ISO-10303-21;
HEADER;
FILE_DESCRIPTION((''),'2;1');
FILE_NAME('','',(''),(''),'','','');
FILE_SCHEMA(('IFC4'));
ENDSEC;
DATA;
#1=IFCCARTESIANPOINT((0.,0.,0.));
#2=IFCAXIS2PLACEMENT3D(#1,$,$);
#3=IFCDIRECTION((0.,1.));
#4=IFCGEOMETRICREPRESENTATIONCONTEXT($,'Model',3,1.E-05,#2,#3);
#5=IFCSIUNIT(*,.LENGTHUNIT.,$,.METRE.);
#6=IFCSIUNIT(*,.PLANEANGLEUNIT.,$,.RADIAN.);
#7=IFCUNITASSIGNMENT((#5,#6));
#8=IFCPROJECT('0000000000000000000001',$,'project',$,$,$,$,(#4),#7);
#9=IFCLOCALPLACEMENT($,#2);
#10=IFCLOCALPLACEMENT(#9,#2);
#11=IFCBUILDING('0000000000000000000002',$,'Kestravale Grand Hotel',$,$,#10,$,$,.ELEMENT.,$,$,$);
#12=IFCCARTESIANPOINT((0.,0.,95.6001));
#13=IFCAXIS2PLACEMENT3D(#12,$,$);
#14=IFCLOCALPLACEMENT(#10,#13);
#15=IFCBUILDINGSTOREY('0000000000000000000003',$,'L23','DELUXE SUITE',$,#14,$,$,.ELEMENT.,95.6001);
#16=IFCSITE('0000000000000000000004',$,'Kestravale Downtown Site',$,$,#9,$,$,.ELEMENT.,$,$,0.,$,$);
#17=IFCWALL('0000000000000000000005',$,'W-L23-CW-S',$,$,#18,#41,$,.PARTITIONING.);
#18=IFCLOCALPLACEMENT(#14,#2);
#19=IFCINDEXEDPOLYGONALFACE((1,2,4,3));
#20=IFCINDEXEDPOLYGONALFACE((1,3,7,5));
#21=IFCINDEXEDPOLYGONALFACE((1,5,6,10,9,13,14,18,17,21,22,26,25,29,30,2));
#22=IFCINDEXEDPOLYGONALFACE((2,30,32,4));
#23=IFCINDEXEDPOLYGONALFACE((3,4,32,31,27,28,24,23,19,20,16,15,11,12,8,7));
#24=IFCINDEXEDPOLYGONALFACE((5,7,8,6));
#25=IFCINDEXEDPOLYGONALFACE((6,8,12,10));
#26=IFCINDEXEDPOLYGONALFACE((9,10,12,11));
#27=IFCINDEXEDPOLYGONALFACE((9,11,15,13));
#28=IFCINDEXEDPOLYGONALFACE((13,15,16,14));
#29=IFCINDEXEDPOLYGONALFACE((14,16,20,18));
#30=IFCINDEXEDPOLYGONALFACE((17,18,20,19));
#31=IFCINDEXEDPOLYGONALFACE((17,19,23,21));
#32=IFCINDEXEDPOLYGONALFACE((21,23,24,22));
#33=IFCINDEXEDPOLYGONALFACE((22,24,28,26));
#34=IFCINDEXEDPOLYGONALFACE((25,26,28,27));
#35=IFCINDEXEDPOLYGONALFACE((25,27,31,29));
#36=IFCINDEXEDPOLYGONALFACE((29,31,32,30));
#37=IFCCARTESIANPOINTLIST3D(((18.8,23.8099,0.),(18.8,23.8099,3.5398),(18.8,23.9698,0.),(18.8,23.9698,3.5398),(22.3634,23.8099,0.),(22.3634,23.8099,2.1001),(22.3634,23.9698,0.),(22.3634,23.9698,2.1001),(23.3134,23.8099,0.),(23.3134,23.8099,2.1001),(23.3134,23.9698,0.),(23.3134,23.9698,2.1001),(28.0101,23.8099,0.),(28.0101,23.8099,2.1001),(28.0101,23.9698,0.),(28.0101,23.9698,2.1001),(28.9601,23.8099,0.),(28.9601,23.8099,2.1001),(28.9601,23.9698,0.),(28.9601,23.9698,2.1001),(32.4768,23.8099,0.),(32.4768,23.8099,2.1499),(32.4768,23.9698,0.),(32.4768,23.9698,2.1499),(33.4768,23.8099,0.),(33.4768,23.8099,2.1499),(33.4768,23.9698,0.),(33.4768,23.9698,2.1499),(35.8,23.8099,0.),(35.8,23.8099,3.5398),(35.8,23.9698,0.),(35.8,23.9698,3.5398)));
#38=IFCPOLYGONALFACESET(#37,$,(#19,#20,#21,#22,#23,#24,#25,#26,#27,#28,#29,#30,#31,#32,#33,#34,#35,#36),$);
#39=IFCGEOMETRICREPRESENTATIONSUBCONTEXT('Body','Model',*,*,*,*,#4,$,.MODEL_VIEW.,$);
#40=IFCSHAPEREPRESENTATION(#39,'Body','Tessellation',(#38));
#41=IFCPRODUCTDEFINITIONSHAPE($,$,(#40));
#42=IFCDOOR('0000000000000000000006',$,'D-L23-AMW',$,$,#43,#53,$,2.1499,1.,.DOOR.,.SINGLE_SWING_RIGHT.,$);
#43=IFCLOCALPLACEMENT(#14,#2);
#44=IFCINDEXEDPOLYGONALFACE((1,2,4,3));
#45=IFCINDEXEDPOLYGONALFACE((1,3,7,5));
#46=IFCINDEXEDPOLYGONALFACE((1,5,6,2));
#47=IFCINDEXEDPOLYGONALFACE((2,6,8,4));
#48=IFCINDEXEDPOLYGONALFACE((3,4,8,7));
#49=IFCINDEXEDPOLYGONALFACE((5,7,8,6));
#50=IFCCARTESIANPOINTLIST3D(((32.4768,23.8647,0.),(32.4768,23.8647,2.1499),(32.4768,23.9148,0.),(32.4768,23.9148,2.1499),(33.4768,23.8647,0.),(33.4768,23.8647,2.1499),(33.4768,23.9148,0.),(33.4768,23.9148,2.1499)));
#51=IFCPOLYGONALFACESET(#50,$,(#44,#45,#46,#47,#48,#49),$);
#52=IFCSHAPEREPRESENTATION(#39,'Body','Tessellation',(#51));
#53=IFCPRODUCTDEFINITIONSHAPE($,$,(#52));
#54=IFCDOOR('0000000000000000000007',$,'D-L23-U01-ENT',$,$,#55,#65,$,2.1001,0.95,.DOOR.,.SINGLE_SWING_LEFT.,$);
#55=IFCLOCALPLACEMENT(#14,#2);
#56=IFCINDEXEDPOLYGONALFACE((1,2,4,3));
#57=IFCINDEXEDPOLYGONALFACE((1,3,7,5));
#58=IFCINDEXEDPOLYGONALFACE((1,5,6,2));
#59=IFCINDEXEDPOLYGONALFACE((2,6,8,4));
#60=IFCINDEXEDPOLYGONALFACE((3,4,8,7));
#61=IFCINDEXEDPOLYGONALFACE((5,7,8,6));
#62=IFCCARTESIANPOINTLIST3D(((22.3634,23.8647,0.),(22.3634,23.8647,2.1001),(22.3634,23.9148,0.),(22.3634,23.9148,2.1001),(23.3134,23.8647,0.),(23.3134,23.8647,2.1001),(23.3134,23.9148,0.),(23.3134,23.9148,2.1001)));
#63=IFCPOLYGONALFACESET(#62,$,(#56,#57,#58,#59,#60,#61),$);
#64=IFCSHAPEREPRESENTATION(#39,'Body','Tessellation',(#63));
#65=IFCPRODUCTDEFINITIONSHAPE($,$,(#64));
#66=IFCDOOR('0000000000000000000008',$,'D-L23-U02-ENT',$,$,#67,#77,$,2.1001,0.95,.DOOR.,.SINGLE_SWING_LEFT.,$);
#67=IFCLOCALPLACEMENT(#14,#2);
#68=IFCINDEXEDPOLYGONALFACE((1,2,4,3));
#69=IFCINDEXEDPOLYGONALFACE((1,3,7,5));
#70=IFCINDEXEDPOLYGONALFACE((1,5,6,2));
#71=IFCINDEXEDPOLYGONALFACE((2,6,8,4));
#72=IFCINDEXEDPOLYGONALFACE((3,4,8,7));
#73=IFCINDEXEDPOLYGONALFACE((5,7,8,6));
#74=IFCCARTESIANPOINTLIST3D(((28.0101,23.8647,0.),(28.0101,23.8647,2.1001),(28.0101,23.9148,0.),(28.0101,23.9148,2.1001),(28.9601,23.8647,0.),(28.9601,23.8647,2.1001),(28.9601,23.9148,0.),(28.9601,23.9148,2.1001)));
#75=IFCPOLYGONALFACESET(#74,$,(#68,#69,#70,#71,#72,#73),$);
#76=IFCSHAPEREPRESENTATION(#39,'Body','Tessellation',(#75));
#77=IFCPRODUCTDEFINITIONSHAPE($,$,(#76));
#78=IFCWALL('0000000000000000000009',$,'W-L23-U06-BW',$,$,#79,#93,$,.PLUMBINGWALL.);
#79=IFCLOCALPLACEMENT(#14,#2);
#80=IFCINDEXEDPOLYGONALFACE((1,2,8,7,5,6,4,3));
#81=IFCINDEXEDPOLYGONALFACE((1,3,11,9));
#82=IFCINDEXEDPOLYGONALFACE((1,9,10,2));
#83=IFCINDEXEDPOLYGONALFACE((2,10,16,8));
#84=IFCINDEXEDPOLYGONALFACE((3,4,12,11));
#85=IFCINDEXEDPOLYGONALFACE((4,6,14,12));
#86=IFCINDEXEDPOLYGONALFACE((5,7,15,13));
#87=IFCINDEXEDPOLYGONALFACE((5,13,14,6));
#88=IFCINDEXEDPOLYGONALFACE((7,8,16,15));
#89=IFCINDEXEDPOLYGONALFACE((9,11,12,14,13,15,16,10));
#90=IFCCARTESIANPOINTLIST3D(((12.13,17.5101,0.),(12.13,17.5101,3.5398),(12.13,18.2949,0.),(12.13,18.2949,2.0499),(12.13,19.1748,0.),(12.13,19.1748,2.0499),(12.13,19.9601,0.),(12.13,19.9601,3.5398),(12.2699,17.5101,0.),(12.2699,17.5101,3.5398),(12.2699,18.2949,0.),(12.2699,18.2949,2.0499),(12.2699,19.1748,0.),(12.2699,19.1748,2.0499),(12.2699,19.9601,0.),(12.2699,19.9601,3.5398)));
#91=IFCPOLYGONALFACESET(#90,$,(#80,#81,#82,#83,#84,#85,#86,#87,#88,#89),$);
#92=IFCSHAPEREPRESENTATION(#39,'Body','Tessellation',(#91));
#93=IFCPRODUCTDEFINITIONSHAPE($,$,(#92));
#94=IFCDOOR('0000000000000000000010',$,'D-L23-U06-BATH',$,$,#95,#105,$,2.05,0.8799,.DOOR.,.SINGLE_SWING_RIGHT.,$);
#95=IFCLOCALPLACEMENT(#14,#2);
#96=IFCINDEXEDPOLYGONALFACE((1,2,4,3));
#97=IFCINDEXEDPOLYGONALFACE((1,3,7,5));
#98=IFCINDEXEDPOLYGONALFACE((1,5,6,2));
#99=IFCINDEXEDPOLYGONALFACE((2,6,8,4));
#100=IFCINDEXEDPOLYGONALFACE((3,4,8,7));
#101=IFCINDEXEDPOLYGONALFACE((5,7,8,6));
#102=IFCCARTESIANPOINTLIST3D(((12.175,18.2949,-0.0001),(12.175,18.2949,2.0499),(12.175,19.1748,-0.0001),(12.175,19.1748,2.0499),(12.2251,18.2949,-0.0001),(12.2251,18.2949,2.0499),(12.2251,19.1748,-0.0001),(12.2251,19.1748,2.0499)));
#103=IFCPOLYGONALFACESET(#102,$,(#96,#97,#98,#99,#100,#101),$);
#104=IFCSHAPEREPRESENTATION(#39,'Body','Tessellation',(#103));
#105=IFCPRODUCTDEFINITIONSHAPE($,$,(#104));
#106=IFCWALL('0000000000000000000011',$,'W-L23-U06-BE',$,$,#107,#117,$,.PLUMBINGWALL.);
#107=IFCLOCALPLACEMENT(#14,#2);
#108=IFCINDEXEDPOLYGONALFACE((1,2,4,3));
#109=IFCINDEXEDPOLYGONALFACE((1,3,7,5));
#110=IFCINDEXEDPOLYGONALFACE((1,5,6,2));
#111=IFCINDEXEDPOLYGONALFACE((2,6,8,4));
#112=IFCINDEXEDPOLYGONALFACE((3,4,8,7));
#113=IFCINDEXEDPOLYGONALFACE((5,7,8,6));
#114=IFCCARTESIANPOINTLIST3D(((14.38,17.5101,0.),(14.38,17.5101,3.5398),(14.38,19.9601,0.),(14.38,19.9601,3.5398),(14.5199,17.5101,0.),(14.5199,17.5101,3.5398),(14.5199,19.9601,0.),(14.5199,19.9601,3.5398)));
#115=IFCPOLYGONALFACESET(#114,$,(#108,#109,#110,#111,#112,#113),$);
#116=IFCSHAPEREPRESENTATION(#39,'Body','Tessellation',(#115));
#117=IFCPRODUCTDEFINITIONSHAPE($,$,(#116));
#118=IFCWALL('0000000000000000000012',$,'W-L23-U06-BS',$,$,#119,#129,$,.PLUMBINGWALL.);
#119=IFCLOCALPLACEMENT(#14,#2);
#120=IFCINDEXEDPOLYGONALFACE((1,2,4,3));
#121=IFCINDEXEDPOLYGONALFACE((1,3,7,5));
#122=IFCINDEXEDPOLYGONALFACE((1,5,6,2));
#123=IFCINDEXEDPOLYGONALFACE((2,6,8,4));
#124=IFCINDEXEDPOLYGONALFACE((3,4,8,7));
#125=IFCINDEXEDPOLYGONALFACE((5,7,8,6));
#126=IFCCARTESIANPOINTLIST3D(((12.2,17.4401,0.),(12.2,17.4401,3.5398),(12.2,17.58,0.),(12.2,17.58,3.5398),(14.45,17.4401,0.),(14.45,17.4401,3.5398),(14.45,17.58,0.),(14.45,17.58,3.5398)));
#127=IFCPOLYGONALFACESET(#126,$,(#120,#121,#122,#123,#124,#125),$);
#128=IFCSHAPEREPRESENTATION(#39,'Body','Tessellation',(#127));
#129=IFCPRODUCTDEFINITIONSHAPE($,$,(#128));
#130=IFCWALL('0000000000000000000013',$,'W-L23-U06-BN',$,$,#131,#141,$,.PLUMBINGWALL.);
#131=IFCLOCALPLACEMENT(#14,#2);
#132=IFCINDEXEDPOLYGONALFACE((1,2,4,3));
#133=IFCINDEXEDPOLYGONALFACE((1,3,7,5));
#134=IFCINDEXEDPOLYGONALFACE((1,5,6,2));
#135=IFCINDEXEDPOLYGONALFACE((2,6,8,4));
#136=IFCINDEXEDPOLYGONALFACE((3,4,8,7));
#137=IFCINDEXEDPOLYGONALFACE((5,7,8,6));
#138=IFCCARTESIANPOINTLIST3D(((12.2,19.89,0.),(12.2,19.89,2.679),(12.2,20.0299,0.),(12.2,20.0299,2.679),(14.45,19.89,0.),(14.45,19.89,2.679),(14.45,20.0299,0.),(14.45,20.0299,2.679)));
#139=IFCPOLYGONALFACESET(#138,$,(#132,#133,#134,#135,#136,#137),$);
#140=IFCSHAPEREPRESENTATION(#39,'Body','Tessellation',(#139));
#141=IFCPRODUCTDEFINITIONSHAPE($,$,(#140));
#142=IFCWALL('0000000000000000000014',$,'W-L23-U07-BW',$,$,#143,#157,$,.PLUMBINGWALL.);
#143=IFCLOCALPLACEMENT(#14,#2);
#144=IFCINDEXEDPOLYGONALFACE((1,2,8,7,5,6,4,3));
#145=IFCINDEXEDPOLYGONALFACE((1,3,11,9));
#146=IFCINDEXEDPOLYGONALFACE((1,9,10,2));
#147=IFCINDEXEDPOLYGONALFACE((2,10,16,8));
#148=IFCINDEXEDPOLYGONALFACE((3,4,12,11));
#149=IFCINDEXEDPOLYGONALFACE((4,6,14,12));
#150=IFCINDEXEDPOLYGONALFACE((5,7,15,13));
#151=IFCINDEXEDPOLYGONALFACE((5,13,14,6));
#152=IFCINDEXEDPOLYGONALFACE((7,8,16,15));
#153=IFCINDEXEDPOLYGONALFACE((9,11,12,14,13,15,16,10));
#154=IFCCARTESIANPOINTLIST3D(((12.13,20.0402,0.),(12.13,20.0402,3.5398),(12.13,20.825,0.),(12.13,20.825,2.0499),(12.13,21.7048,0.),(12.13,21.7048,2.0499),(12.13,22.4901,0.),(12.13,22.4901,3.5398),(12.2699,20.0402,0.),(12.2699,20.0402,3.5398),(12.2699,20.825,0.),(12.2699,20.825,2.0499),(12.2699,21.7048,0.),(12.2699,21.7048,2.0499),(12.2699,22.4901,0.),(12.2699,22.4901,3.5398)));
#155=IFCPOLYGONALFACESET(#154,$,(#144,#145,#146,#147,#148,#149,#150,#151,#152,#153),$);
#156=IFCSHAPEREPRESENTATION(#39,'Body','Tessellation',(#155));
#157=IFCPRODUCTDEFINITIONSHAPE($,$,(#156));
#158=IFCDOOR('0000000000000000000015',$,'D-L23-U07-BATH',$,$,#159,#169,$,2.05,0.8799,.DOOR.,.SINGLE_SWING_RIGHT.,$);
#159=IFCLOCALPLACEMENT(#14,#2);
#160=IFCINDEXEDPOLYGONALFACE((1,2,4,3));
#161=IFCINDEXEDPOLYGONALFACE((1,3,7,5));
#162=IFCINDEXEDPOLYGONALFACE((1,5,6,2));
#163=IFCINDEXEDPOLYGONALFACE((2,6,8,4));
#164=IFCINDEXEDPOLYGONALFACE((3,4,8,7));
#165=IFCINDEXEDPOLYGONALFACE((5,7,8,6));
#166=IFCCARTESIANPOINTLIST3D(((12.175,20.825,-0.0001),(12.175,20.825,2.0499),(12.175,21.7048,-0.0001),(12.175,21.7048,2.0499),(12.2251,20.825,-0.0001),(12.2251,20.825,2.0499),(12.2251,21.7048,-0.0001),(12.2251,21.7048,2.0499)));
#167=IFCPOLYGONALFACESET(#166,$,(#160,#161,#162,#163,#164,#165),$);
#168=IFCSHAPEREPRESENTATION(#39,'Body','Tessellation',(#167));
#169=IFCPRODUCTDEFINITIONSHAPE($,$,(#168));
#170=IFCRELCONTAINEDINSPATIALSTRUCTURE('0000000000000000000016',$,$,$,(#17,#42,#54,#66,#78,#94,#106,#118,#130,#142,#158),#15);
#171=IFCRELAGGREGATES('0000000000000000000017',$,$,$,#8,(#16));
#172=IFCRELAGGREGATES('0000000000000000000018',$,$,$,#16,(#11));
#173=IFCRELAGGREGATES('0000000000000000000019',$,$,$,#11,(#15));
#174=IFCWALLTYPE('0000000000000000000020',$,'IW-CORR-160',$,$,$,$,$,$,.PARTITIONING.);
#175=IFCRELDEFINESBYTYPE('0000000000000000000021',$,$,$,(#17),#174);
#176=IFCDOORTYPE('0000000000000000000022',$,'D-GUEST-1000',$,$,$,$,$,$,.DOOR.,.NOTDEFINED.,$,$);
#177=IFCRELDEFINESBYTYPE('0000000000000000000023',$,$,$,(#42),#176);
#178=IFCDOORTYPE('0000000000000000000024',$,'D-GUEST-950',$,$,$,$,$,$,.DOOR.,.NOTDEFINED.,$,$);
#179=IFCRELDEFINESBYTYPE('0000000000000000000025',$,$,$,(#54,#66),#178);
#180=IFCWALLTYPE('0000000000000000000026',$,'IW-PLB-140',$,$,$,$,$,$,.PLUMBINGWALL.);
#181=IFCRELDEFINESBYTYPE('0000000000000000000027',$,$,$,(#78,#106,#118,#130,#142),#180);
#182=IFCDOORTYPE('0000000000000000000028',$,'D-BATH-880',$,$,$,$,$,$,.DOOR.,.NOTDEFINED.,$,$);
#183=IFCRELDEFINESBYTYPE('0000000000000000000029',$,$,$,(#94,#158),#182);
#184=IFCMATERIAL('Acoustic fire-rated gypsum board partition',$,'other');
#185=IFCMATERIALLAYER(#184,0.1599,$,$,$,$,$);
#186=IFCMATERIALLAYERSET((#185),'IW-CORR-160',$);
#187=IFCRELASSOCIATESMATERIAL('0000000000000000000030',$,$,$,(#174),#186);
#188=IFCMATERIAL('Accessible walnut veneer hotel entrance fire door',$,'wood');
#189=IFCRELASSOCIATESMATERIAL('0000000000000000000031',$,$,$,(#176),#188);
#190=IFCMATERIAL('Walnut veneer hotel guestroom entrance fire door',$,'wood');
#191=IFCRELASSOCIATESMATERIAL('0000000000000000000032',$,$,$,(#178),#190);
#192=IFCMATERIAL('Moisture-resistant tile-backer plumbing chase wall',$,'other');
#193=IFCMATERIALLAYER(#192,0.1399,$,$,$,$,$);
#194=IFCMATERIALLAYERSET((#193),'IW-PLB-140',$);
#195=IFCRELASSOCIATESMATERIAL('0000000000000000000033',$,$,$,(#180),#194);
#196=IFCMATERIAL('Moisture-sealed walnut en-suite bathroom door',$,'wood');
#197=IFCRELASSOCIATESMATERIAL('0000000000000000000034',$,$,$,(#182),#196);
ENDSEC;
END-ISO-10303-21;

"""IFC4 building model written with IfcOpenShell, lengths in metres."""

from ifc_helpers import new_model, si_unit, direction, frame, frame_2d, origin, place, context, subcontext, project, spatial, rectangle, extrude, material, layer, layer_set, type_object, element, fill, save


model = new_model("IFC4")

# Units and contexts
model_context = context("Model", 3, precision=1e-05, world=origin(), true_north=direction((0.0, 1.0)))
body_context = subcontext(model_context, "Body", "Model", "MODEL_VIEW")
ifc_project = project(units=[si_unit("LENGTHUNIT", "METRE"), si_unit("PLANEANGLEUNIT", "RADIAN")], contexts=[model_context])

# Site, building, storey
site_placement = place(None, origin())
site = spatial("IfcSite", under=ifc_project, at=site_placement, Name="Kestravale Downtown Site", CompositionType="ELEMENT", RefElevation=0.0)
building_placement = place(site_placement, origin())
building = spatial("IfcBuilding", under=site, at=building_placement, Name="Kestravale Grand Hotel", CompositionType="ELEMENT")
storey_placement = place(building_placement, frame((0.0, 0.0, 95.6001)))
storey = spatial("IfcBuildingStorey", under=building, at=storey_placement, Name="L23", Description="DELUXE SUITE", CompositionType="ELEMENT", Elevation=95.6001)

# Shared definitions
ifc_material_1 = material(Name="Acoustic fire-rated gypsum board partition", Category="other")
ifc_layer_1 = layer(ifc_material_1, 0.1599)
ifc_layer_set_1 = layer_set([ifc_layer_1], Name="IW-CORR-160")
wall_type_1 = type_object("IfcWallType", Name="IW-CORR-160", PredefinedType="PARTITIONING", material=ifc_layer_set_1)

# Wall, openings, doors
wall_1_placement = place(storey_placement, frame((18.8, 23.8899, 0.0), z_axis=(0.0, 0.0, 1.0), x_axis=(1.0, 0.0, 0.0)))
wall_1 = element("IfcWall", 1, at=wall_1_placement, inside=storey, type_object=wall_type_1, Name="W-L23-CW-S", PredefinedType="PARTITIONING", context=body_context, shape_type="SweptSolid", body=[
    extrude(rectangle(XDim=17.0, YDim=0.1599, at=frame_2d((8.5, 0.0))), origin(), (0.0, 0.0, 1.0), 3.5398),
])
opening_1_placement = place(wall_1_placement, frame((3.5632, 0.0, 0.0)))
opening_1 = element("IfcOpeningElement", 2, at=opening_1_placement, cuts=wall_1, PredefinedType="OPENING", context=body_context, shape_type="SweptSolid", body=[
    extrude(rectangle(XDim=0.95, YDim=2.1001, at=frame_2d((0.4751, 1.05))), frame((0.0, 0.0898, 0.0), z_axis=(0.0, -1.0, 0.0), x_axis=(1.0, 0.0, 0.0)), (0.0, 0.0, 1.0), 0.1799),
])
opening_2_placement = place(wall_1_placement, frame((9.21, 0.0, 0.0)))
opening_2 = element("IfcOpeningElement", 3, at=opening_2_placement, cuts=wall_1, PredefinedType="OPENING", context=body_context, shape_type="SweptSolid", body=[
    extrude(rectangle(XDim=0.95, YDim=2.1001, at=frame_2d((0.4751, 1.05))), frame((0.0, 0.0898, 0.0), z_axis=(0.0, -1.0, 0.0), x_axis=(1.0, 0.0, 0.0)), (0.0, 0.0, 1.0), 0.1799),
])
opening_3_placement = place(wall_1_placement, frame((13.6768, 0.0, 0.0)))
opening_3 = element("IfcOpeningElement", 4, at=opening_3_placement, cuts=wall_1, PredefinedType="OPENING", context=body_context, shape_type="SweptSolid", body=[
    extrude(rectangle(XDim=1.0, YDim=2.1499, at=frame_2d((0.5, 1.075))), frame((0.0, 0.0898, 0.0), z_axis=(0.0, -1.0, 0.0), x_axis=(1.0, 0.0, 0.0)), (0.0, 0.0, 1.0), 0.1799),
])
ifc_material_2 = material(Name="Accessible walnut veneer hotel entrance fire door", Category="wood")
door_type_1 = type_object("IfcDoorType", Name="D-GUEST-1000", OperationType="NOTDEFINED", PredefinedType="DOOR", material=ifc_material_2)
door_1_placement = place(opening_3_placement, origin())
door_1 = element("IfcDoor", 5, at=door_1_placement, inside=storey, type_object=door_type_1, Name="D-L23-AMW", OperationType="SINGLE_SWING_RIGHT", OverallHeight=2.1499, OverallWidth=1.0, PredefinedType="DOOR", context=body_context, shape_type="SweptSolid", body=[
    extrude(rectangle(XDim=1.0, YDim=2.1499, at=frame_2d((0.5, 1.075))), frame((0.0, 0.0249, 0.0), z_axis=(0.0, -1.0, 0.0), x_axis=(1.0, 0.0, 0.0)), (0.0, 0.0, 1.0), 0.05),
])
fill(opening_3, door_1)
ifc_material_3 = material(Name="Walnut veneer hotel guestroom entrance fire door", Category="wood")
door_type_2 = type_object("IfcDoorType", Name="D-GUEST-950", OperationType="NOTDEFINED", PredefinedType="DOOR", material=ifc_material_3)
door_2_placement = place(opening_1_placement, origin())
door_2 = element("IfcDoor", 6, at=door_2_placement, inside=storey, type_object=door_type_2, Name="D-L23-U01-ENT", OperationType="SINGLE_SWING_LEFT", OverallHeight=2.1001, OverallWidth=0.95, PredefinedType="DOOR", context=body_context, shape_type="SweptSolid", body=[
    extrude(rectangle(XDim=0.95, YDim=2.1001, at=frame_2d((0.4751, 1.05))), frame((0.0, 0.0249, 0.0), z_axis=(0.0, -1.0, 0.0), x_axis=(1.0, 0.0, 0.0)), (0.0, 0.0, 1.0), 0.05),
])
fill(opening_1, door_2)
door_3_placement = place(opening_2_placement, origin())
door_3 = element("IfcDoor", 7, at=door_3_placement, inside=storey, type_object=door_type_2, Name="D-L23-U02-ENT", OperationType="SINGLE_SWING_LEFT", OverallHeight=2.1001, OverallWidth=0.95, PredefinedType="DOOR", context=body_context, shape_type="SweptSolid", body=[
    extrude(rectangle(XDim=0.95, YDim=2.1001, at=frame_2d((0.4751, 1.05))), frame((0.0, 0.0249, 0.0), z_axis=(0.0, -1.0, 0.0), x_axis=(1.0, 0.0, 0.0)), (0.0, 0.0, 1.0), 0.05),
])
fill(opening_2, door_3)

# Wall, opening, door
ifc_material_4 = material(Name="Moisture-resistant tile-backer plumbing chase wall", Category="other")
ifc_layer_2 = layer(ifc_material_4, 0.1399)
ifc_layer_set_2 = layer_set([ifc_layer_2], Name="IW-PLB-140")
wall_type_2 = type_object("IfcWallType", Name="IW-PLB-140", PredefinedType="PLUMBINGWALL", material=ifc_layer_set_2)
wall_2_placement = place(storey_placement, frame((12.2, 17.51, 0.0), z_axis=(0.0, 0.0, 1.0), x_axis=(0.0, 1.0, 0.0)))
wall_2 = element("IfcWall", 8, at=wall_2_placement, inside=storey, type_object=wall_type_2, Name="W-L23-U06-BW", PredefinedType="PLUMBINGWALL", context=body_context, shape_type="SweptSolid", body=[
    extrude(rectangle(XDim=2.45, YDim=0.1399, at=frame_2d((1.2251, 0.0))), origin(), (0.0, 0.0, 1.0), 3.5398),
])
opening_4_placement = place(wall_2_placement, frame((0.7849, 0.0, 0.0)))
opening_4 = element("IfcOpeningElement", 9, at=opening_4_placement, cuts=wall_2, PredefinedType="OPENING", context=body_context, shape_type="SweptSolid", body=[
    extrude(rectangle(XDim=0.8799, YDim=2.05, at=frame_2d((0.4399, 1.0249))), frame((0.0, 0.0798, 0.0), z_axis=(0.0, -1.0, 0.0), x_axis=(1.0, 0.0, 0.0)), (0.0, 0.0, 1.0), 0.1599),
])
ifc_material_5 = material(Name="Moisture-sealed walnut en-suite bathroom door", Category="wood")
door_type_3 = type_object("IfcDoorType", Name="D-BATH-880", OperationType="NOTDEFINED", PredefinedType="DOOR", material=ifc_material_5)
door_4_placement = place(opening_4_placement, origin())
door_4 = element("IfcDoor", 10, at=door_4_placement, inside=storey, type_object=door_type_3, Name="D-L23-U06-BATH", OperationType="SINGLE_SWING_RIGHT", OverallHeight=2.05, OverallWidth=0.8799, PredefinedType="DOOR", context=body_context, shape_type="SweptSolid", body=[
    extrude(rectangle(XDim=0.8799, YDim=2.05, at=frame_2d((0.4399, 1.0249))), frame((0.0, 0.0249, 0.0), z_axis=(0.0, -1.0, 0.0), x_axis=(1.0, 0.0, 0.0)), (0.0, 0.0, 1.0), 0.05),
])
fill(opening_4, door_4)

# Walls
wall_3_placement = place(storey_placement, frame((14.45, 17.51, 0.0), z_axis=(0.0, 0.0, 1.0), x_axis=(0.0, 1.0, 0.0)))
element("IfcWall", 11, at=wall_3_placement, inside=storey, type_object=wall_type_2, Name="W-L23-U06-BE", PredefinedType="PLUMBINGWALL", context=body_context, shape_type="SweptSolid", body=[
    extrude(rectangle(XDim=2.45, YDim=0.1399, at=frame_2d((1.2251, 0.0))), origin(), (0.0, 0.0, 1.0), 3.5398),
])
wall_4_placement = place(storey_placement, frame((12.2, 17.51, 0.0), z_axis=(0.0, 0.0, 1.0), x_axis=(1.0, 0.0, 0.0)))
element("IfcWall", 12, at=wall_4_placement, inside=storey, type_object=wall_type_2, Name="W-L23-U06-BS", PredefinedType="PLUMBINGWALL", context=body_context, shape_type="SweptSolid", body=[
    extrude(rectangle(XDim=2.25, YDim=0.1399, at=frame_2d((1.125, 0.0))), origin(), (0.0, 0.0, 1.0), 3.5398),
])
wall_5_placement = place(storey_placement, frame((12.2, 19.96, 0.0), z_axis=(0.0, 0.0, 1.0), x_axis=(1.0, 0.0, 0.0)))
element("IfcWall", 13, at=wall_5_placement, inside=storey, type_object=wall_type_2, Name="W-L23-U06-BN", PredefinedType="PLUMBINGWALL", context=body_context, shape_type="SweptSolid", body=[
    extrude(rectangle(XDim=2.25, YDim=0.1399, at=frame_2d((1.125, 0.0))), origin(), (0.0, 0.0, 1.0), 2.679),
])

# Wall, opening, door
wall_6_placement = place(storey_placement, frame((12.2, 20.04, 0.0), z_axis=(0.0, 0.0, 1.0), x_axis=(0.0, 1.0, 0.0)))
wall_6 = element("IfcWall", 14, at=wall_6_placement, inside=storey, type_object=wall_type_2, Name="W-L23-U07-BW", PredefinedType="PLUMBINGWALL", context=body_context, shape_type="SweptSolid", body=[
    extrude(rectangle(XDim=2.45, YDim=0.1399, at=frame_2d((1.2251, 0.0))), origin(), (0.0, 0.0, 1.0), 3.5398),
])
opening_5_placement = place(wall_6_placement, frame((0.7849, 0.0, 0.0)))
opening_5 = element("IfcOpeningElement", 15, at=opening_5_placement, cuts=wall_6, PredefinedType="OPENING", context=body_context, shape_type="SweptSolid", body=[
    extrude(rectangle(XDim=0.8799, YDim=2.05, at=frame_2d((0.4399, 1.0249))), frame((0.0, 0.0798, 0.0), z_axis=(0.0, -1.0, 0.0), x_axis=(1.0, 0.0, 0.0)), (0.0, 0.0, 1.0), 0.1599),
])
door_5_placement = place(opening_5_placement, origin())
door_5 = element("IfcDoor", 16, at=door_5_placement, inside=storey, type_object=door_type_3, Name="D-L23-U07-BATH", OperationType="SINGLE_SWING_RIGHT", OverallHeight=2.05, OverallWidth=0.8799, PredefinedType="DOOR", context=body_context, shape_type="SweptSolid", body=[
    extrude(rectangle(XDim=0.8799, YDim=2.05, at=frame_2d((0.4399, 1.0249))), frame((0.0, 0.0249, 0.0), z_axis=(0.0, -1.0, 0.0), x_axis=(1.0, 0.0, 0.0)), (0.0, 0.0, 1.0), 0.05),
])
fill(opening_5, door_5)

save(model, "model.ifc")
